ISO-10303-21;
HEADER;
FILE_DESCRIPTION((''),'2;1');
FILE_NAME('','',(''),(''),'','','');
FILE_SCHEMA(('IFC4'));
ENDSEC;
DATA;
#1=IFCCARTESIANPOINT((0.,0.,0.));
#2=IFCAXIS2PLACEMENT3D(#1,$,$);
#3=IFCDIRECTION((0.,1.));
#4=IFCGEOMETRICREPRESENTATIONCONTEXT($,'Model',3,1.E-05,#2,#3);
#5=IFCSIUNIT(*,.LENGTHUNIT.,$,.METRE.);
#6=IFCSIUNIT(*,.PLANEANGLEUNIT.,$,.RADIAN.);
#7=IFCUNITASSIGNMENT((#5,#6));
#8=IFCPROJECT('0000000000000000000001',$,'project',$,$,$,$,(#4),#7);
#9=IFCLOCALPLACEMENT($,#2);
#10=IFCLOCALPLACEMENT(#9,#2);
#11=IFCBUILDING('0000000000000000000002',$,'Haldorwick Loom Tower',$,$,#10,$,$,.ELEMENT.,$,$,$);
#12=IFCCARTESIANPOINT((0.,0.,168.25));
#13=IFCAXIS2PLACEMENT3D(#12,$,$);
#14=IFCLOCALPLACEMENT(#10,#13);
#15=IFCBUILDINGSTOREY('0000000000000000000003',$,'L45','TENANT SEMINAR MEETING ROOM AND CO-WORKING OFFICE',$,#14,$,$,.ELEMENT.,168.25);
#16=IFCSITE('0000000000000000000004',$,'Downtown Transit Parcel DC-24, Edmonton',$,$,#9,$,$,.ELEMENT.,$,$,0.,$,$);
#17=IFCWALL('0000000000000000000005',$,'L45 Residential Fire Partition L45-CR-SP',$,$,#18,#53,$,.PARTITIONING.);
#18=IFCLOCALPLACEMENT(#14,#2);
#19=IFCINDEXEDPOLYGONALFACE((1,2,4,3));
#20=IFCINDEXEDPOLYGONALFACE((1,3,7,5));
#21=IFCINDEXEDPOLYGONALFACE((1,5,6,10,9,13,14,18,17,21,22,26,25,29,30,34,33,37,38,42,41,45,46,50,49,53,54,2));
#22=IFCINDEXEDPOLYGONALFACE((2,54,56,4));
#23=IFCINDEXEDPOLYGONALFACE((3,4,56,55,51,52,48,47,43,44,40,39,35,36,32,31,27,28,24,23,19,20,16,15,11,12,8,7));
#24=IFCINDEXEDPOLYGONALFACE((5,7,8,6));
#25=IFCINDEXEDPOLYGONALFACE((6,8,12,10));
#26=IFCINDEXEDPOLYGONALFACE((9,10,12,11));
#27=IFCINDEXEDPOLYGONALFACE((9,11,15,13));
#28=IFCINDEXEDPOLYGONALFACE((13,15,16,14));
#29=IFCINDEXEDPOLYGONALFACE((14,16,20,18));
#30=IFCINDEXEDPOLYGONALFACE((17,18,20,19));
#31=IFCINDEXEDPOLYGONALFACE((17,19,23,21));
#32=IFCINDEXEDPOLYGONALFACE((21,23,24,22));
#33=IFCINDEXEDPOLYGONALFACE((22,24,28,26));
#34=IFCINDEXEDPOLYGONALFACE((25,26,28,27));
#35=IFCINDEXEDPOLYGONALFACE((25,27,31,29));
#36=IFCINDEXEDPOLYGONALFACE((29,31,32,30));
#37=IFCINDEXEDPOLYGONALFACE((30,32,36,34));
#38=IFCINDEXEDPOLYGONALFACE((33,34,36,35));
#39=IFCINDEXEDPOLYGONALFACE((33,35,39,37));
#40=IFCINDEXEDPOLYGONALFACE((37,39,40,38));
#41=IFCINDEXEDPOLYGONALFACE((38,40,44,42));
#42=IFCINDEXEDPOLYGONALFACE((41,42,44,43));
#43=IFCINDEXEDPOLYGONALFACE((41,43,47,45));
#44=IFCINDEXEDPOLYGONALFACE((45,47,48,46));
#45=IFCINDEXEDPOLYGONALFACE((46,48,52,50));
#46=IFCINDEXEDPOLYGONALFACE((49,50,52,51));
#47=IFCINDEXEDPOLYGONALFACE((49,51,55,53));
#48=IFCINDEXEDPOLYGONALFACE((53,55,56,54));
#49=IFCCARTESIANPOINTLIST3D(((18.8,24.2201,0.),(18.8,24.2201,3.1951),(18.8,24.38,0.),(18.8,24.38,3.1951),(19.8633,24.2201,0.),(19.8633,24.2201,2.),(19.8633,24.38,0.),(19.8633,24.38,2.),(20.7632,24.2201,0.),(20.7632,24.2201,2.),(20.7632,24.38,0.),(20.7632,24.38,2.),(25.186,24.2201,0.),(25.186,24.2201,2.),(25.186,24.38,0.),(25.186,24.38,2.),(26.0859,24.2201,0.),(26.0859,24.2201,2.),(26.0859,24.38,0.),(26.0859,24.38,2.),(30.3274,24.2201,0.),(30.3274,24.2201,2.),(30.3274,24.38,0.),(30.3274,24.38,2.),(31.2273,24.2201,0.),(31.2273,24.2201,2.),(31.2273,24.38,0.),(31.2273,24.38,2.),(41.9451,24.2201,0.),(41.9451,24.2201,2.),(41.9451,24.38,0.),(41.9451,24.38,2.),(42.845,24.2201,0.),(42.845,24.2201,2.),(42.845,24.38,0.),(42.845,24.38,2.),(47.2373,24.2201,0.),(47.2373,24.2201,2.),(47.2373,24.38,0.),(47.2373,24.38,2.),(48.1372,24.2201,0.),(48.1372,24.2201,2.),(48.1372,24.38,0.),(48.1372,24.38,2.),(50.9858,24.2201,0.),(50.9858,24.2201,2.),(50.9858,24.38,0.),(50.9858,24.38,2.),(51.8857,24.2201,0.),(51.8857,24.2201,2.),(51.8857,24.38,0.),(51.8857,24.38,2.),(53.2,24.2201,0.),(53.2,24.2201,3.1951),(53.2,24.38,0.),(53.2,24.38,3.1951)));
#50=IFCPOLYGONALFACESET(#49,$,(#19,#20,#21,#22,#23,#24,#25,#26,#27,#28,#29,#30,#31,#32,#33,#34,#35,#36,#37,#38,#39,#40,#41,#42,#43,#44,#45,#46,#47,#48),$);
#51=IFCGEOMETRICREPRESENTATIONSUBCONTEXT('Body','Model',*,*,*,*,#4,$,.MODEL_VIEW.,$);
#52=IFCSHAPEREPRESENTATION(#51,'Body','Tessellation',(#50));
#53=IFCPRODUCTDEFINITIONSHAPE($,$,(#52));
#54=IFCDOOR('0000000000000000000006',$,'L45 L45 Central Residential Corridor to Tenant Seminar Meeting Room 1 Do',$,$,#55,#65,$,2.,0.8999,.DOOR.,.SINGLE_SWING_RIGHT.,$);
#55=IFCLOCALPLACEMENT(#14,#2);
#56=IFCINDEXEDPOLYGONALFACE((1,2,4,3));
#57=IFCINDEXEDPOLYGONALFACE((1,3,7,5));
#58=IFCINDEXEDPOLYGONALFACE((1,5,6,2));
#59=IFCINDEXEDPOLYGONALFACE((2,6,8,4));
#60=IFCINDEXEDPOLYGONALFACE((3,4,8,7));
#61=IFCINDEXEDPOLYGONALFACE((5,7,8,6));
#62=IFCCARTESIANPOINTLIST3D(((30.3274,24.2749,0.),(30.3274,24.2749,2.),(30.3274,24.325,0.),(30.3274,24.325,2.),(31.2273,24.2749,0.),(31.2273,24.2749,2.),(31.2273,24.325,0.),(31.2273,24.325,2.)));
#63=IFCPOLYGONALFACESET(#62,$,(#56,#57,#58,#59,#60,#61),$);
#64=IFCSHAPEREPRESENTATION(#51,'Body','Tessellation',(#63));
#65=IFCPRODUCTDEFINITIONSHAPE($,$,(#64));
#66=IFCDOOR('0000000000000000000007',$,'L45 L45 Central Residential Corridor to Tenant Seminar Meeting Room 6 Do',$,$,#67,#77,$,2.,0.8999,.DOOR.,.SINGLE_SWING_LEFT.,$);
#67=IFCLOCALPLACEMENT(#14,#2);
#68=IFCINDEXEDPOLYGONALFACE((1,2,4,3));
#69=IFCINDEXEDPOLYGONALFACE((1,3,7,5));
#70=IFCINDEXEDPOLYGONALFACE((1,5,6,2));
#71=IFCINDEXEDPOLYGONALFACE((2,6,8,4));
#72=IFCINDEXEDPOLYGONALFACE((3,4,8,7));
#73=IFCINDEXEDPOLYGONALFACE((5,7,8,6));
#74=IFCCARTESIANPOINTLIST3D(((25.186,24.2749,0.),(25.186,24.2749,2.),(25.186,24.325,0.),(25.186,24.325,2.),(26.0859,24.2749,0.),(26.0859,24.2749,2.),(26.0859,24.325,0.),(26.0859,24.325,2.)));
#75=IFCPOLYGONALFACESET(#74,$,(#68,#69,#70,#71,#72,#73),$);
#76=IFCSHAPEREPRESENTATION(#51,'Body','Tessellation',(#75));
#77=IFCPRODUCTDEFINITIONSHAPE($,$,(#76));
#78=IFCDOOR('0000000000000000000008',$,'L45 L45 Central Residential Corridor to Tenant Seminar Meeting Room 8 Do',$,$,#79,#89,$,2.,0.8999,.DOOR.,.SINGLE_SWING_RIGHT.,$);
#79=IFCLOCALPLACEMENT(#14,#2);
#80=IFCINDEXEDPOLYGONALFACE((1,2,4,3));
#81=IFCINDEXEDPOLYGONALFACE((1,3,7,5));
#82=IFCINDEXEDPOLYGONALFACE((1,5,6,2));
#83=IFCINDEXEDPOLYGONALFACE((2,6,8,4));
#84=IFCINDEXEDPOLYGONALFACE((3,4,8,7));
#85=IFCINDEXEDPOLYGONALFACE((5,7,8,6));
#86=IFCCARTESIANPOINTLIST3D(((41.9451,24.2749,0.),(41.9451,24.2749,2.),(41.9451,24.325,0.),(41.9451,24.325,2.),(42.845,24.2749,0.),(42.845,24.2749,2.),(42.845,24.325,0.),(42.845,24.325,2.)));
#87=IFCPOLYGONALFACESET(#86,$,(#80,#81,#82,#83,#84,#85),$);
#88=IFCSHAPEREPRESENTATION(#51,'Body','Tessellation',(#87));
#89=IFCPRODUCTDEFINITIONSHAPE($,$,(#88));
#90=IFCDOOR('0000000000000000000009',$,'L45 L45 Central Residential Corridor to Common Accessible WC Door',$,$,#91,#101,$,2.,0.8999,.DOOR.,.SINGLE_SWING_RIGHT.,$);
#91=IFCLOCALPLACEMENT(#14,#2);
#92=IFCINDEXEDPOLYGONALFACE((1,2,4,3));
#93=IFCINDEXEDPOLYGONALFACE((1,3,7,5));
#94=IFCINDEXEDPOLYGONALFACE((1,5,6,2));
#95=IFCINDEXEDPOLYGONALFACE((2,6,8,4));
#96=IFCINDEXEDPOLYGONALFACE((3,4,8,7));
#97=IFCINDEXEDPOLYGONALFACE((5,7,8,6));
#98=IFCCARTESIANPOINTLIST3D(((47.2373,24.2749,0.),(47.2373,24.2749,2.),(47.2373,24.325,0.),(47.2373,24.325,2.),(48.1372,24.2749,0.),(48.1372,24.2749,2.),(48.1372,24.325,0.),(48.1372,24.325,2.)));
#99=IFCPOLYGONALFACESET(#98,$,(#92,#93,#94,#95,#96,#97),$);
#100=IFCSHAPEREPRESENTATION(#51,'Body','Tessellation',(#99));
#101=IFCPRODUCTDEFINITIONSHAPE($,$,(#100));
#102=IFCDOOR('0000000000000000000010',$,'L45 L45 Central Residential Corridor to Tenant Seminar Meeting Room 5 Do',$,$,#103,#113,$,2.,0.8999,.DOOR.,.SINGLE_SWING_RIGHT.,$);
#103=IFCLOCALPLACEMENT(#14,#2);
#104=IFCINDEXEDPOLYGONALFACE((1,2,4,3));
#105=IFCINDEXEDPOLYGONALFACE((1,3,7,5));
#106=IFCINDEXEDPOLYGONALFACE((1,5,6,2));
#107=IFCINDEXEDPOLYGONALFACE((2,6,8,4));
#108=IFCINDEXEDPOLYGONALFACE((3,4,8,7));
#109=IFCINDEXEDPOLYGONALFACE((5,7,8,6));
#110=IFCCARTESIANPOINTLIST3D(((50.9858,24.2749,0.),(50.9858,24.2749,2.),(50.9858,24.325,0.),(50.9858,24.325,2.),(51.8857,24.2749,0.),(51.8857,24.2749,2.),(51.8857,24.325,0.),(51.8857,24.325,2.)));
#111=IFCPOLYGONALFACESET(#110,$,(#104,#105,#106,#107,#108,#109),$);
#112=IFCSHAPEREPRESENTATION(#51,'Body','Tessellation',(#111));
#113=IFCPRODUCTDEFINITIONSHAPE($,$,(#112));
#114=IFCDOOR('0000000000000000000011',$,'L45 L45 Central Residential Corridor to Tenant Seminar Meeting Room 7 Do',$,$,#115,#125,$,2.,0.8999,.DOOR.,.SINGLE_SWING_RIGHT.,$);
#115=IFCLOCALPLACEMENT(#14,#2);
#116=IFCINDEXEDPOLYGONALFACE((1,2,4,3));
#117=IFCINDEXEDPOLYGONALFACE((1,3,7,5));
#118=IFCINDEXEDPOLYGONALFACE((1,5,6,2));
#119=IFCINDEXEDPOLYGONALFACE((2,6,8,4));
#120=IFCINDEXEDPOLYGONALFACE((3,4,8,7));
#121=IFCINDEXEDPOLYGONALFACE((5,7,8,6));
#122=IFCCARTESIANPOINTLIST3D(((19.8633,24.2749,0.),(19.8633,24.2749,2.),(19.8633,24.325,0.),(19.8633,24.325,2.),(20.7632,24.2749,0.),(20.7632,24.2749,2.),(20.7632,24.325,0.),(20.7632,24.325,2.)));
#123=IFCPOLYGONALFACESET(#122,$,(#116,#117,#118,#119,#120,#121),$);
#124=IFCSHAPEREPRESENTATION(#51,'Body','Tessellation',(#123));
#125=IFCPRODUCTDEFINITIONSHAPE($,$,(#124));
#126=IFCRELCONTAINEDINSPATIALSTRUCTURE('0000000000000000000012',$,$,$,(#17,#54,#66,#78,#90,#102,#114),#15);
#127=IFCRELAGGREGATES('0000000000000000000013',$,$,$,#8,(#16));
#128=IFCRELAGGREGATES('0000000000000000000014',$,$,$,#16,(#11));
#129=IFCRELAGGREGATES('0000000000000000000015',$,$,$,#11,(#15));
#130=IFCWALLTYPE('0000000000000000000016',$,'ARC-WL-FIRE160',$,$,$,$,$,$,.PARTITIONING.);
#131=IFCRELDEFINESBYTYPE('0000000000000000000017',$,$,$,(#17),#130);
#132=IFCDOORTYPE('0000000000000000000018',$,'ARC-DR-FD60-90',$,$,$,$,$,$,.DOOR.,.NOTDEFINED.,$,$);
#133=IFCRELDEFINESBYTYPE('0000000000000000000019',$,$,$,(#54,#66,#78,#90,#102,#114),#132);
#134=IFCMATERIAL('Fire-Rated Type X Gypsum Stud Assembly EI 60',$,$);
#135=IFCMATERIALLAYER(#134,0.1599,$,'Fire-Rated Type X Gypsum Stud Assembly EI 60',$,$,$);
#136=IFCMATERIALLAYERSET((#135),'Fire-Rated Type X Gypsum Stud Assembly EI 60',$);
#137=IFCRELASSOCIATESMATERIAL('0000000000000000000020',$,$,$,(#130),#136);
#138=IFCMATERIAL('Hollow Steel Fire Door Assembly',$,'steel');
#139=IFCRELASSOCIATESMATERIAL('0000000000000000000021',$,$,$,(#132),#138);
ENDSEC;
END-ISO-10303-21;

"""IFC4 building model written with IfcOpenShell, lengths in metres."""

from ifc_helpers import new_model, si_unit, direction, frame, frame_2d, origin, place, context, subcontext, project, spatial, rectangle, extrude, material, layer, layer_set, type_object, element, fill, save


model = new_model("IFC4")

# Units and contexts
model_context = context("Model", 3, precision=1e-05, world=origin(), true_north=direction((0.0, 1.0)))
body_context = subcontext(model_context, "Body", "Model", "MODEL_VIEW")
ifc_project = project(units=[si_unit("LENGTHUNIT", "METRE"), si_unit("PLANEANGLEUNIT", "RADIAN")], contexts=[model_context])

# Site, building, storey
site_placement = place(None, origin())
site = spatial("IfcSite", under=ifc_project, at=site_placement, Name="Downtown Transit Parcel DC-24, Edmonton", CompositionType="ELEMENT", RefElevation=0.0)
building_placement = place(site_placement, origin())
building = spatial("IfcBuilding", under=site, at=building_placement, Name="Haldorwick Loom Tower", CompositionType="ELEMENT")
storey_placement = place(building_placement, frame((0.0, 0.0, 168.25)))
storey = spatial("IfcBuildingStorey", under=building, at=storey_placement, Name="L45", Description="TENANT SEMINAR MEETING ROOM AND CO-WORKING OFFICE", CompositionType="ELEMENT", Elevation=168.25)

# Wall, openings, doors
ifc_material_1 = material(Name="Fire-Rated Type X Gypsum Stud Assembly EI 60")
ifc_layer_1 = layer(ifc_material_1, 0.1599, Name="Fire-Rated Type X Gypsum Stud Assembly EI 60")
ifc_layer_set_1 = layer_set([ifc_layer_1], Name="Fire-Rated Type X Gypsum Stud Assembly EI 60")
wall_type_1 = type_object("IfcWallType", Name="ARC-WL-FIRE160", PredefinedType="PARTITIONING", material=ifc_layer_set_1)
wall_1_placement = place(storey_placement, frame((18.8, 24.3, 0.0), z_axis=(0.0, 0.0, 1.0), x_axis=(1.0, 0.0, 0.0)))
wall_1 = element("IfcWall", 1, at=wall_1_placement, inside=storey, type_object=wall_type_1, Name="L45 Residential Fire Partition L45-CR-SP", PredefinedType="PARTITIONING", context=body_context, shape_type="SweptSolid", body=[
    extrude(rectangle(XDim=34.3999, YDim=0.1599, at=frame_2d((17.2, 0.0))), origin(), (0.0, 0.0, 1.0), 3.1951),
])
opening_1_placement = place(wall_1_placement, frame((11.5273, 0.0, 0.0)))
opening_1 = element("IfcOpeningElement", 2, at=opening_1_placement, cuts=wall_1, PredefinedType="OPENING", context=body_context, shape_type="SweptSolid", body=[
    extrude(rectangle(XDim=0.8999, YDim=2.0, at=frame_2d((0.45, 1.0))), frame((0.0, 0.0898, 0.0), z_axis=(0.0, -1.0, 0.0), x_axis=(1.0, 0.0, 0.0)), (0.0, 0.0, 1.0), 0.1799),
])
opening_2_placement = place(wall_1_placement, frame((6.386, 0.0, 0.0)))
opening_2 = element("IfcOpeningElement", 3, at=opening_2_placement, cuts=wall_1, PredefinedType="OPENING", context=body_context, shape_type="SweptSolid", body=[
    extrude(rectangle(XDim=0.8999, YDim=2.0, at=frame_2d((0.45, 1.0))), frame((0.0, 0.0898, 0.0), z_axis=(0.0, -1.0, 0.0), x_axis=(1.0, 0.0, 0.0)), (0.0, 0.0, 1.0), 0.1799),
])
opening_3_placement = place(wall_1_placement, frame((23.145, 0.0, 0.0)))
opening_3 = element("IfcOpeningElement", 4, at=opening_3_placement, cuts=wall_1, PredefinedType="OPENING", context=body_context, shape_type="SweptSolid", body=[
    extrude(rectangle(XDim=0.8999, YDim=2.0, at=frame_2d((0.45, 1.0))), frame((0.0, 0.0898, 0.0), z_axis=(0.0, -1.0, 0.0), x_axis=(1.0, 0.0, 0.0)), (0.0, 0.0, 1.0), 0.1799),
])
opening_4_placement = place(wall_1_placement, frame((28.4373, 0.0, 0.0)))
opening_4 = element("IfcOpeningElement", 5, at=opening_4_placement, cuts=wall_1, PredefinedType="OPENING", context=body_context, shape_type="SweptSolid", body=[
    extrude(rectangle(XDim=0.8999, YDim=2.0, at=frame_2d((0.45, 1.0))), frame((0.0, 0.0898, 0.0), z_axis=(0.0, -1.0, 0.0), x_axis=(1.0, 0.0, 0.0)), (0.0, 0.0, 1.0), 0.1799),
])
opening_5_placement = place(wall_1_placement, frame((32.1858, 0.0, 0.0)))
opening_5 = element("IfcOpeningElement", 6, at=opening_5_placement, cuts=wall_1, PredefinedType="OPENING", context=body_context, shape_type="SweptSolid", body=[
    extrude(rectangle(XDim=0.8999, YDim=2.0, at=frame_2d((0.45, 1.0))), frame((0.0, 0.0898, 0.0), z_axis=(0.0, -1.0, 0.0), x_axis=(1.0, 0.0, 0.0)), (0.0, 0.0, 1.0), 0.1799),
])
opening_6_placement = place(wall_1_placement, frame((1.0632, 0.0, 0.0)))
opening_6 = element("IfcOpeningElement", 7, at=opening_6_placement, cuts=wall_1, PredefinedType="OPENING", context=body_context, shape_type="SweptSolid", body=[
    extrude(rectangle(XDim=0.8999, YDim=2.0, at=frame_2d((0.45, 1.0))), frame((0.0, 0.0898, 0.0), z_axis=(0.0, -1.0, 0.0), x_axis=(1.0, 0.0, 0.0)), (0.0, 0.0, 1.0), 0.1799),
])
ifc_material_2 = material(Name="Hollow Steel Fire Door Assembly", Category="steel")
door_type_1 = type_object("IfcDoorType", Name="ARC-DR-FD60-90", OperationType="NOTDEFINED", PredefinedType="DOOR", material=ifc_material_2)
door_1_placement = place(opening_1_placement, origin())
door_1 = element("IfcDoor", 8, at=door_1_placement, inside=storey, type_object=door_type_1, Name="L45 L45 Central Residential Corridor to Tenant Seminar Meeting Room 1 Do", OperationType="SINGLE_SWING_RIGHT", OverallHeight=2.0, OverallWidth=0.8999, PredefinedType="DOOR", context=body_context, shape_type="SweptSolid", body=[
    extrude(rectangle(XDim=0.8999, YDim=2.0, at=frame_2d((0.45, 1.0))), frame((0.0, 0.0249, 0.0), z_axis=(0.0, -1.0, 0.0), x_axis=(1.0, 0.0, 0.0)), (0.0, 0.0, 1.0), 0.05),
])
fill(opening_1, door_1)
door_2_placement = place(opening_2_placement, origin())
door_2 = element("IfcDoor", 9, at=door_2_placement, inside=storey, type_object=door_type_1, Name="L45 L45 Central Residential Corridor to Tenant Seminar Meeting Room 6 Do", OperationType="SINGLE_SWING_LEFT", OverallHeight=2.0, OverallWidth=0.8999, PredefinedType="DOOR", context=body_context, shape_type="SweptSolid", body=[
    extrude(rectangle(XDim=0.8999, YDim=2.0, at=frame_2d((0.45, 1.0))), frame((0.0, 0.0249, 0.0), z_axis=(0.0, -1.0, 0.0), x_axis=(1.0, 0.0, 0.0)), (0.0, 0.0, 1.0), 0.05),
])
fill(opening_2, door_2)
door_3_placement = place(opening_3_placement, origin())
door_3 = element("IfcDoor", 10, at=door_3_placement, inside=storey, type_object=door_type_1, Name="L45 L45 Central Residential Corridor to Tenant Seminar Meeting Room 8 Do", OperationType="SINGLE_SWING_RIGHT", OverallHeight=2.0, OverallWidth=0.8999, PredefinedType="DOOR", context=body_context, shape_type="SweptSolid", body=[
    extrude(rectangle(XDim=0.8999, YDim=2.0, at=frame_2d((0.45, 1.0))), frame((0.0, 0.0249, 0.0), z_axis=(0.0, -1.0, 0.0), x_axis=(1.0, 0.0, 0.0)), (0.0, 0.0, 1.0), 0.05),
])
fill(opening_3, door_3)
door_4_placement = place(opening_4_placement, origin())
door_4 = element("IfcDoor", 11, at=door_4_placement, inside=storey, type_object=door_type_1, Name="L45 L45 Central Residential Corridor to Common Accessible WC Door", OperationType="SINGLE_SWING_RIGHT", OverallHeight=2.0, OverallWidth=0.8999, PredefinedType="DOOR", context=body_context, shape_type="SweptSolid", body=[
    extrude(rectangle(XDim=0.8999, YDim=2.0, at=frame_2d((0.45, 1.0))), frame((0.0, 0.0249, 0.0), z_axis=(0.0, -1.0, 0.0), x_axis=(1.0, 0.0, 0.0)), (0.0, 0.0, 1.0), 0.05),
])
fill(opening_4, door_4)
door_5_placement = place(opening_5_placement, origin())
door_5 = element("IfcDoor", 12, at=door_5_placement, inside=storey, type_object=door_type_1, Name="L45 L45 Central Residential Corridor to Tenant Seminar Meeting Room 5 Do", OperationType="SINGLE_SWING_RIGHT", OverallHeight=2.0, OverallWidth=0.8999, PredefinedType="DOOR", context=body_context, shape_type="SweptSolid", body=[
    extrude(rectangle(XDim=0.8999, YDim=2.0, at=frame_2d((0.45, 1.0))), frame((0.0, 0.0249, 0.0), z_axis=(0.0, -1.0, 0.0), x_axis=(1.0, 0.0, 0.0)), (0.0, 0.0, 1.0), 0.05),
])
fill(opening_5, door_5)
door_6_placement = place(opening_6_placement, origin())
door_6 = element("IfcDoor", 13, at=door_6_placement, inside=storey, type_object=door_type_1, Name="L45 L45 Central Residential Corridor to Tenant Seminar Meeting Room 7 Do", OperationType="SINGLE_SWING_RIGHT", OverallHeight=2.0, OverallWidth=0.8999, PredefinedType="DOOR", context=body_context, shape_type="SweptSolid", body=[
    extrude(rectangle(XDim=0.8999, YDim=2.0, at=frame_2d((0.45, 1.0))), frame((0.0, 0.0249, 0.0), z_axis=(0.0, -1.0, 0.0), x_axis=(1.0, 0.0, 0.0)), (0.0, 0.0, 1.0), 0.05),
])
fill(opening_6, door_6)

save(model, "model.ifc")
